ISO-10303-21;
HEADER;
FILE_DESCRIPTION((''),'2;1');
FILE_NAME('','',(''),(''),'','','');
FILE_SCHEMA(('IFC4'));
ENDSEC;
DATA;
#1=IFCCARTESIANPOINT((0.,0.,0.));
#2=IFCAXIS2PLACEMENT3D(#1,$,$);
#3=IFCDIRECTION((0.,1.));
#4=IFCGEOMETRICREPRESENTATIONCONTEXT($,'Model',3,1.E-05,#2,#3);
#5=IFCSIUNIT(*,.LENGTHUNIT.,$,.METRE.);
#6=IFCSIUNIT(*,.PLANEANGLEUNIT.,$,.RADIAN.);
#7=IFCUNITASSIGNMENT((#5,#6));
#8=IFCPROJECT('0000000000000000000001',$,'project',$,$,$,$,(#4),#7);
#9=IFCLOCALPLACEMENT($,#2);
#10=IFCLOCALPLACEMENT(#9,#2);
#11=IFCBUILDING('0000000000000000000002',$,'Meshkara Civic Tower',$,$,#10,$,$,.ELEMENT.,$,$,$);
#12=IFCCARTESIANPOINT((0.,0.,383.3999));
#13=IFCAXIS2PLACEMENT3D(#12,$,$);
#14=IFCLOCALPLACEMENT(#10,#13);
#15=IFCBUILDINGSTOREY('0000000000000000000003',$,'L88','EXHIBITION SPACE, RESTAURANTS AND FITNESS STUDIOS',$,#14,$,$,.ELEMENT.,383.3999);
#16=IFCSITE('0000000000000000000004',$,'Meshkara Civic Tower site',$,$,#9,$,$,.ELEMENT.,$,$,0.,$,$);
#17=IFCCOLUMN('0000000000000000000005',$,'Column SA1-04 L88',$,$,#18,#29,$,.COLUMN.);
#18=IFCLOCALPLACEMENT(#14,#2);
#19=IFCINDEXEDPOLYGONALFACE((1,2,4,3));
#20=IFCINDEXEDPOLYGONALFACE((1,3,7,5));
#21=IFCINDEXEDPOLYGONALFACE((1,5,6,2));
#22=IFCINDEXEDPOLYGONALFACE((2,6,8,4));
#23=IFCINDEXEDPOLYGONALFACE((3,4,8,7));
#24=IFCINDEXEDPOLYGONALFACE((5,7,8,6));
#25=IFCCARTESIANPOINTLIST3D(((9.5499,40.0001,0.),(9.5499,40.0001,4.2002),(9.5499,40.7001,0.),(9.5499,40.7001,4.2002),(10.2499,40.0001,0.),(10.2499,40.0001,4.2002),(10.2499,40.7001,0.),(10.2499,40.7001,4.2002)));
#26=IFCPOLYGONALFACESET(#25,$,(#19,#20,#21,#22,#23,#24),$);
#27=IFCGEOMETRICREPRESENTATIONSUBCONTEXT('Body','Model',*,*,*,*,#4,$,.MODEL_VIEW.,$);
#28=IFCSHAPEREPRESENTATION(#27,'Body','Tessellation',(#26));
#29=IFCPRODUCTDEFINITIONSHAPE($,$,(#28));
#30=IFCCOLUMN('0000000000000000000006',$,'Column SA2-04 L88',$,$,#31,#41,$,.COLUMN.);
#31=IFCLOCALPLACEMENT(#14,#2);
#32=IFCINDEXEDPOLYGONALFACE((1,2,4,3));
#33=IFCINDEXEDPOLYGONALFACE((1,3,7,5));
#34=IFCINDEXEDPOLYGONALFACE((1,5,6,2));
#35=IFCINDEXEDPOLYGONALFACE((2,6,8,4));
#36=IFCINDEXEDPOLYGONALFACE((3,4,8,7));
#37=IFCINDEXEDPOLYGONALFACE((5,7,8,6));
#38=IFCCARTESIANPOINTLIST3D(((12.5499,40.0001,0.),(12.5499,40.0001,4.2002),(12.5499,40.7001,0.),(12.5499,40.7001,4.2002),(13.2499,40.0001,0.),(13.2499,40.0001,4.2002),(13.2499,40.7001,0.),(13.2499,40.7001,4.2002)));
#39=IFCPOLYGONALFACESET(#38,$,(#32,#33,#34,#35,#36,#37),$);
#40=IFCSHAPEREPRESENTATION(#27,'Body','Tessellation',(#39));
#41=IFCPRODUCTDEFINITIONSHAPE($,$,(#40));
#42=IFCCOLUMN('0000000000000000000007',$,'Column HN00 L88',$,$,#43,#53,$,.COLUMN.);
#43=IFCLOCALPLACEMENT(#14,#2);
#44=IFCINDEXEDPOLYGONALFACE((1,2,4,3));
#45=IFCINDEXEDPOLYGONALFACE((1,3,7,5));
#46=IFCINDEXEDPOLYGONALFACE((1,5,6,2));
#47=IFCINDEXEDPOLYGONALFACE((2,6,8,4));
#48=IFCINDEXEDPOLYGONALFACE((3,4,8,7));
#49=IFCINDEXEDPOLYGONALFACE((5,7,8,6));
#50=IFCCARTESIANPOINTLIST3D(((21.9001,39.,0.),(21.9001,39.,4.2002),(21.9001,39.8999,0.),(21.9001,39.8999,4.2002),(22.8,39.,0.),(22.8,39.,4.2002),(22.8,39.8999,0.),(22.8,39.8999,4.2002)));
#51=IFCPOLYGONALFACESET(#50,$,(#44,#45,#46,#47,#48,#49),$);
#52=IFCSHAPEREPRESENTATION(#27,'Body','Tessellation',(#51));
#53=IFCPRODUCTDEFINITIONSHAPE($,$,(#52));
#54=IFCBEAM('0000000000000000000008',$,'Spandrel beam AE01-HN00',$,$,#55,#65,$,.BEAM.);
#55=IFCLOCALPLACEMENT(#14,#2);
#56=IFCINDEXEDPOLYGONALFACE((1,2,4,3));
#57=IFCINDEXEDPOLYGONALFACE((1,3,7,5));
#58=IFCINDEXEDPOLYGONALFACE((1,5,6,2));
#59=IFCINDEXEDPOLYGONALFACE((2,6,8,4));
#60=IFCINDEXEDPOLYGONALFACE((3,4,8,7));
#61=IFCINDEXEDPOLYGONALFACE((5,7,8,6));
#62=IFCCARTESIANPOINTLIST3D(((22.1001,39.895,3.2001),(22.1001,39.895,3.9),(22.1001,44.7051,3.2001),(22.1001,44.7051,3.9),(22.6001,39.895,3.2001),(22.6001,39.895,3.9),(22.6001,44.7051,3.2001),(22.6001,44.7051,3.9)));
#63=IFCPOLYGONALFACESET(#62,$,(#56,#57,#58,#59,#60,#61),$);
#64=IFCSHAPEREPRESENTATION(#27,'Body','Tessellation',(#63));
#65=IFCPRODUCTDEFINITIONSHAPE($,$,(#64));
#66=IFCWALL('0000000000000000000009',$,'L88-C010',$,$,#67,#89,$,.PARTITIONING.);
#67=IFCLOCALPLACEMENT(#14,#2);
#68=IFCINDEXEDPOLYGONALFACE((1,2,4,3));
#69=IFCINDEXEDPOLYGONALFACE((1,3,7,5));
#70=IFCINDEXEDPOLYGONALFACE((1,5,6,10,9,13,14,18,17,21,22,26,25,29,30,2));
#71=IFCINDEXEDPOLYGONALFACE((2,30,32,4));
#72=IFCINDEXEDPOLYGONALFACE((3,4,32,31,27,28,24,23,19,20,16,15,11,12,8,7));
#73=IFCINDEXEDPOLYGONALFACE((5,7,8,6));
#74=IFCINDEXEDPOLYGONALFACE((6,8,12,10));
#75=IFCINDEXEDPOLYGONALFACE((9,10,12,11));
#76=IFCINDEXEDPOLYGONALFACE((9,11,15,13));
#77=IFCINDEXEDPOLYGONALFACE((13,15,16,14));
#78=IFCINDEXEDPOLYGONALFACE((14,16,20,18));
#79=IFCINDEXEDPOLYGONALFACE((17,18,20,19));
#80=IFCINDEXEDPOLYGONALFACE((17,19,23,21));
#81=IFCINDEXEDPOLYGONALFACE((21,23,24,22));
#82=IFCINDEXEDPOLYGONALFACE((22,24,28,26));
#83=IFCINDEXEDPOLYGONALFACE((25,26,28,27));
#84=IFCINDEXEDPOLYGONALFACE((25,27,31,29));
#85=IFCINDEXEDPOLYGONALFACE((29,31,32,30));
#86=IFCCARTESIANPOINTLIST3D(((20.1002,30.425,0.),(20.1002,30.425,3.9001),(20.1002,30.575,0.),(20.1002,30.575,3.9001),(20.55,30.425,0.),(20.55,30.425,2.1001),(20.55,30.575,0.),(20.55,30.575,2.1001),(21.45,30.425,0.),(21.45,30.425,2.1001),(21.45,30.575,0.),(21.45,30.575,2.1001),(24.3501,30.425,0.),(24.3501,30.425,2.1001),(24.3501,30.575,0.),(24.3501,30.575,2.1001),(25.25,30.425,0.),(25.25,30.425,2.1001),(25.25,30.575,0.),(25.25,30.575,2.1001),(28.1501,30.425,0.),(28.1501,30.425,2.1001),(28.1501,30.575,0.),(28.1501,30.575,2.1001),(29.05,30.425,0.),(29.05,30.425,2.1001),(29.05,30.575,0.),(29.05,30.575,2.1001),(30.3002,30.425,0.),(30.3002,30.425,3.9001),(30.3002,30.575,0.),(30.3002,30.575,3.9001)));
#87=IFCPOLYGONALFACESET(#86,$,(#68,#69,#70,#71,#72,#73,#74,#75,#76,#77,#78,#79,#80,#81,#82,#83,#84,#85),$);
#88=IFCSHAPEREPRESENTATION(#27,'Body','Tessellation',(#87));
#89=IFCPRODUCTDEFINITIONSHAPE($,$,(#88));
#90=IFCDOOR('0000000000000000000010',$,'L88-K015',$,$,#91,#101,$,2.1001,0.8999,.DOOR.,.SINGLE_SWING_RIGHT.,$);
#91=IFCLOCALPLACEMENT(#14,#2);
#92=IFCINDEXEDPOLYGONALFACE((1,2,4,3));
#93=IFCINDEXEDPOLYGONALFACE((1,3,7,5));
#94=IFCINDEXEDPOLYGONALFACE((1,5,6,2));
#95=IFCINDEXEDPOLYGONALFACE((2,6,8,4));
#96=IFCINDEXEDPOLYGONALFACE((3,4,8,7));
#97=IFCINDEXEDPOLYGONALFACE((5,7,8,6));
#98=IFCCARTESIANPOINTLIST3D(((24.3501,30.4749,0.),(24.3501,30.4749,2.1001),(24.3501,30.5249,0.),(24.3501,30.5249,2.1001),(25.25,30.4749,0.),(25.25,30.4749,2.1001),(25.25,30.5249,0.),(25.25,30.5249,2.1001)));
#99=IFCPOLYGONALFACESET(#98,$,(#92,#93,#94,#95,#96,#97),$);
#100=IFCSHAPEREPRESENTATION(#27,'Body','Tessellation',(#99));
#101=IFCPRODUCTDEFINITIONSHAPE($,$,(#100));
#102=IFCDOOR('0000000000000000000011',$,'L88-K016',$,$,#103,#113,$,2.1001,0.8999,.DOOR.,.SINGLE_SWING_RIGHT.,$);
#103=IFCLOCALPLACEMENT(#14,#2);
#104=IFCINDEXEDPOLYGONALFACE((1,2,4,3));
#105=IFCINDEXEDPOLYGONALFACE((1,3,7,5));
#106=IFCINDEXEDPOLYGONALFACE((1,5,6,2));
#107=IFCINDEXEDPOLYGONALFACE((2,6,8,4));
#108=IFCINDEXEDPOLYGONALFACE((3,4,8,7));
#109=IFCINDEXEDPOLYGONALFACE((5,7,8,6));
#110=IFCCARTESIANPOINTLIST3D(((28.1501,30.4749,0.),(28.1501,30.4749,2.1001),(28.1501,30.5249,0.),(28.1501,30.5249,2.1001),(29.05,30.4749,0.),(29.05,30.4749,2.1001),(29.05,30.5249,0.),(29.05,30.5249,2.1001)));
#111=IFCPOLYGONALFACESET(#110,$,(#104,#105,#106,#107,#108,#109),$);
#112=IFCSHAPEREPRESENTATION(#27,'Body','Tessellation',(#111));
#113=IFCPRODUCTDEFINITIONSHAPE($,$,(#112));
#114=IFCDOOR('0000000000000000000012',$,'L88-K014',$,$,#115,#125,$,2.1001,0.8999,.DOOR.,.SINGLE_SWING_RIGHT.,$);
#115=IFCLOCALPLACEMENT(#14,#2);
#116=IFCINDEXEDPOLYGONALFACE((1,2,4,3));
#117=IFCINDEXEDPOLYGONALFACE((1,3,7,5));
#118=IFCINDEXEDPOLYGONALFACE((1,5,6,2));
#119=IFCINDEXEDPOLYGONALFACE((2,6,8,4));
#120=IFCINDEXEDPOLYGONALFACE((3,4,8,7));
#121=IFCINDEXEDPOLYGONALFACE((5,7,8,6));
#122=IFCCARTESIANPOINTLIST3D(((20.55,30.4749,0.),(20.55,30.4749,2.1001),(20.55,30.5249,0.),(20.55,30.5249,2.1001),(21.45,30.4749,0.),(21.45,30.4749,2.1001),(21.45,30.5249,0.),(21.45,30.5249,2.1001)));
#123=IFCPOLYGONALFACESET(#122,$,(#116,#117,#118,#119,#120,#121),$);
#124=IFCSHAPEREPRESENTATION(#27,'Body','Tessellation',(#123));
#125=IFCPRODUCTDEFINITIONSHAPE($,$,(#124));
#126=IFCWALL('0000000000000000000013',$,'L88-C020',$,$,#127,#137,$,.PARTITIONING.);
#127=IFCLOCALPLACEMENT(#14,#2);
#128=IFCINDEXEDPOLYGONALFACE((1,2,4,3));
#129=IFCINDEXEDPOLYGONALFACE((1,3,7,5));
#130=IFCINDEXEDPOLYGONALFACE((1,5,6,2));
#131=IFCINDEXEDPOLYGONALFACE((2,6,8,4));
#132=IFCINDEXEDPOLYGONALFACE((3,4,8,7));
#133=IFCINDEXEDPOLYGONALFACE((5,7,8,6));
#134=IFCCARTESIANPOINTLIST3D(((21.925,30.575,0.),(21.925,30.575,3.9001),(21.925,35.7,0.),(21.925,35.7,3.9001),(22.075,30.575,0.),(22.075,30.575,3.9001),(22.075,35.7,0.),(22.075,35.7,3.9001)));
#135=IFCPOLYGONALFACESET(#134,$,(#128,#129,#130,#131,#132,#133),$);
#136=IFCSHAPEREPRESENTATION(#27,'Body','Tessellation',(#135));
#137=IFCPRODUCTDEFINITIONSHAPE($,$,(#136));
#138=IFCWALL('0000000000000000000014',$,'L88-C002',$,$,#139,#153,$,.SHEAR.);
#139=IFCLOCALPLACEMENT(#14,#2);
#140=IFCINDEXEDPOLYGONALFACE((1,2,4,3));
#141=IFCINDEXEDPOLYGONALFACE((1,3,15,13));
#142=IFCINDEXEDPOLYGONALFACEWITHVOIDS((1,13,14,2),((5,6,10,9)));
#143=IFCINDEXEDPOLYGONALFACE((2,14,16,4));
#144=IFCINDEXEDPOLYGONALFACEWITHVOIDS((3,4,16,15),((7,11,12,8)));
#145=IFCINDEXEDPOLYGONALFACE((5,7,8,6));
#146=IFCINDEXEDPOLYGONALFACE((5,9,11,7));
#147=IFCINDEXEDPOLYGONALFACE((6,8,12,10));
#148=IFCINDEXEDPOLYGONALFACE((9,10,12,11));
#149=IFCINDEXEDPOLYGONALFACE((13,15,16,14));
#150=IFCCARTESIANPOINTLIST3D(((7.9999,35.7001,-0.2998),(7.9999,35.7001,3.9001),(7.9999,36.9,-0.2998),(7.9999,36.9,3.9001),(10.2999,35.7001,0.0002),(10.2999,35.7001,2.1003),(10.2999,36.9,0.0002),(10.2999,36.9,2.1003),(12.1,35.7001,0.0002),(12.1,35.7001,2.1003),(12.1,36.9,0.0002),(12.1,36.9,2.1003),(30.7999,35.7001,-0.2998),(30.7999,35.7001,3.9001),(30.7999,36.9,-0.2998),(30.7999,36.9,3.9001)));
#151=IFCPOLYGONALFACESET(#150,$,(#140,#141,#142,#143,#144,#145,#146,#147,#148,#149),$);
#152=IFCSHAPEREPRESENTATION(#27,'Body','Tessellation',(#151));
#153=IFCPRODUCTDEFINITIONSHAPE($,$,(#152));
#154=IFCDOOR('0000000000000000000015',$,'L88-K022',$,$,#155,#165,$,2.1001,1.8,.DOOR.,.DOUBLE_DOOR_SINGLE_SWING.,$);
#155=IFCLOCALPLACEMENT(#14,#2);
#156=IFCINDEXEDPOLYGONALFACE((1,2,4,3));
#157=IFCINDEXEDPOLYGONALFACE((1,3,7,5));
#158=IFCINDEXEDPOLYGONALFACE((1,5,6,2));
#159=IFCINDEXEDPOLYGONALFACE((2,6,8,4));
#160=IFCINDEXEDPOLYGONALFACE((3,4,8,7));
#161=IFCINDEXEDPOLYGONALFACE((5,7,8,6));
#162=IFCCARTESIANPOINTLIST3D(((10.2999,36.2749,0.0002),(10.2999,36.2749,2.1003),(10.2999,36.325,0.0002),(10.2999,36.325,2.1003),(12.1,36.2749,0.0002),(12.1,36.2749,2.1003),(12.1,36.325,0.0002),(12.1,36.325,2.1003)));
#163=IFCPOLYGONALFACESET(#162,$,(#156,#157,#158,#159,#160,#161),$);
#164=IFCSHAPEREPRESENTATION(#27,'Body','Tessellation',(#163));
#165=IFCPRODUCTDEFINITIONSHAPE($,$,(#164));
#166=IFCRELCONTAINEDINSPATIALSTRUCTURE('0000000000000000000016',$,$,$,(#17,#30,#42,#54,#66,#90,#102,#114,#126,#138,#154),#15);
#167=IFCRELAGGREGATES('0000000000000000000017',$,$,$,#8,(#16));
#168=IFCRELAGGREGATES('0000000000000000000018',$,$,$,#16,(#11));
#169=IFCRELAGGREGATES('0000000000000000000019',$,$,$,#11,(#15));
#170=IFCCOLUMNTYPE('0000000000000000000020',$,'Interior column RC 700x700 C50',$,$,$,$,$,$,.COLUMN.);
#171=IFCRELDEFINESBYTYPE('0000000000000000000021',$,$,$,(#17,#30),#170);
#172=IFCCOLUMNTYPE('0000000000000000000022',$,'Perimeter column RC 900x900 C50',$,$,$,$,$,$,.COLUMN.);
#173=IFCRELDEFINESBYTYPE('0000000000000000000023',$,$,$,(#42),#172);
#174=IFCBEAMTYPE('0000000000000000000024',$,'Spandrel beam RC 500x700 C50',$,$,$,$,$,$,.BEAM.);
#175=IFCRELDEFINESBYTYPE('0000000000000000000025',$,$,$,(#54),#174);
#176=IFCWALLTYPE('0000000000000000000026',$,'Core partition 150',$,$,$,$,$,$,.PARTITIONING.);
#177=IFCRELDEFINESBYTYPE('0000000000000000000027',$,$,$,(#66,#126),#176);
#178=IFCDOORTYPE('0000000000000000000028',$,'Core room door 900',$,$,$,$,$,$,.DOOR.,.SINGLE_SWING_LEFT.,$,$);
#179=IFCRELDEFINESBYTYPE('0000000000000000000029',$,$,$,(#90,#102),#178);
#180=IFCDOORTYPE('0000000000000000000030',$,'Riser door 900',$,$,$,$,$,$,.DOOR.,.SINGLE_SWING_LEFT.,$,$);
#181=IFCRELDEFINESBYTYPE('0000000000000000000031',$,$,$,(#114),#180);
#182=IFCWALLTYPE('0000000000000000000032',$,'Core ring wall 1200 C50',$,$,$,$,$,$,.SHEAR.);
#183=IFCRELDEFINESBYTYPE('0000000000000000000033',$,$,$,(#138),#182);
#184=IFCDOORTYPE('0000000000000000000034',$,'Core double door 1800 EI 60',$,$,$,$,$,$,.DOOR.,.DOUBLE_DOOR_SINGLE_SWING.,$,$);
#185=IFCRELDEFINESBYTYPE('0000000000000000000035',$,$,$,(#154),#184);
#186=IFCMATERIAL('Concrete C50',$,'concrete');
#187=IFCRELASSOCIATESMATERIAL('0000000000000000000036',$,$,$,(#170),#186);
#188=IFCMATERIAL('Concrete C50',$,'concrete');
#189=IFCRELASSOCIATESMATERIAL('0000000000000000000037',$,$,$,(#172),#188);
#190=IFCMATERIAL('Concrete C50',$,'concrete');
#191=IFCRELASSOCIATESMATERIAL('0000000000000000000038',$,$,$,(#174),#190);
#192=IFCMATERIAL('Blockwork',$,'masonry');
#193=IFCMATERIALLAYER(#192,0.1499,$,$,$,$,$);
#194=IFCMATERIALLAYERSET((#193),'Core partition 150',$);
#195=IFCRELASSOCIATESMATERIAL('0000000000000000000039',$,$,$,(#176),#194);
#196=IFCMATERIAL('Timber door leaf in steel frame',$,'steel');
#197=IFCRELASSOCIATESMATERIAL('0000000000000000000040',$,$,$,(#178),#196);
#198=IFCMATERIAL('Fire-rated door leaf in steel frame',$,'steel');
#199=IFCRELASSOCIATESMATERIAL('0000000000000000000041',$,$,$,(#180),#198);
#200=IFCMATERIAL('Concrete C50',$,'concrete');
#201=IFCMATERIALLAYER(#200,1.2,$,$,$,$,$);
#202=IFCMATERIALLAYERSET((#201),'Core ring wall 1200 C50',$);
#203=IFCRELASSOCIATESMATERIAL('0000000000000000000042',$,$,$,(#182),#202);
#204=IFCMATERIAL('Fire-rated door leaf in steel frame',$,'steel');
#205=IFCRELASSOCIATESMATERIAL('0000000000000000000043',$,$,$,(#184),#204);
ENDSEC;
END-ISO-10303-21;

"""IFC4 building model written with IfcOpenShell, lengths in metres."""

from ifc_helpers import new_model, si_unit, direction, frame, frame_2d, origin, origin_2d, place, context, subcontext, project, spatial, rectangle, extrude, material, layer, layer_set, material_profile, profile_set, type_object, element, fill, save


model = new_model("IFC4")

# Units and contexts
model_context = context("Model", 3, precision=1e-05, world=origin(), true_north=direction((0.0, 1.0)))
body_context = subcontext(model_context, "Body", "Model", "MODEL_VIEW")
ifc_project = project(units=[si_unit("LENGTHUNIT", "METRE"), si_unit("PLANEANGLEUNIT", "RADIAN")], contexts=[model_context])

# Site, building, storey
site_placement = place(None, origin())
site = spatial("IfcSite", under=ifc_project, at=site_placement, Name="Meshkara Civic Tower site", CompositionType="ELEMENT", RefElevation=0.0)
building_placement = place(site_placement, origin())
building = spatial("IfcBuilding", under=site, at=building_placement, Name="Meshkara Civic Tower", CompositionType="ELEMENT")
storey_placement = place(building_placement, frame((0.0, 0.0, 383.3999)))
storey = spatial("IfcBuildingStorey", under=building, at=storey_placement, Name="L88", Description="EXHIBITION SPACE, RESTAURANTS AND FITNESS STUDIOS", CompositionType="ELEMENT", Elevation=383.3999)

# Columns
ifc_material_1 = material(Name="Concrete C50", Category="concrete")
ifc_material_profile_1 = material_profile(ifc_material_1, rectangle(XDim=0.7, YDim=0.7, at=origin_2d()))
ifc_profile_set_1 = profile_set([ifc_material_profile_1], Name="Concrete C50")
column_type_1 = type_object("IfcColumnType", Name="Interior column RC 700x700 C50", PredefinedType="COLUMN", material=ifc_profile_set_1)
for number, where, z_axis, x_axis, name in (
    (1, (9.8999, 40.3501, 0.0), (0.0, 0.0, 1.0), (1.0, 0.0, 0.0), "Column SA1-04 L88"),
    (2, (12.8999, 40.3501, 0.0), (0.0, 0.0, 1.0), (1.0, 0.0, 0.0), "Column SA2-04 L88"),
):
    element("IfcColumn", number, at=place(storey_placement, frame(where, z_axis=z_axis, x_axis=x_axis)), inside=storey, type_object=column_type_1, Name=name, PredefinedType="COLUMN", context=body_context, shape_type="SweptSolid", body=[
        extrude(rectangle(XDim=0.7, YDim=0.7, at=origin_2d()), origin(), (0.0, 0.0, 1.0), 4.2002),
    ])
ifc_material_2 = material(Name="Concrete C50", Category="concrete")
ifc_material_profile_2 = material_profile(ifc_material_2, rectangle(XDim=0.8999, YDim=0.8999, at=origin_2d()))
ifc_profile_set_2 = profile_set([ifc_material_profile_2], Name="Concrete C50")
column_type_2 = type_object("IfcColumnType", Name="Perimeter column RC 900x900 C50", PredefinedType="COLUMN", material=ifc_profile_set_2)
column_placement = place(storey_placement, frame((22.3501, 39.45, 0.0), z_axis=(0.0, 0.0, 1.0), x_axis=(1.0, 0.0, 0.0)))
element("IfcColumn", 3, at=column_placement, inside=storey, type_object=column_type_2, Name="Column HN00 L88", PredefinedType="COLUMN", context=body_context, shape_type="SweptSolid", body=[
    extrude(rectangle(XDim=0.8999, YDim=0.8999, at=origin_2d()), origin(), (0.0, 0.0, 1.0), 4.2002),
])

# Beam
ifc_material_3 = material(Name="Concrete C50", Category="concrete")
ifc_material_profile_3 = material_profile(ifc_material_3, rectangle(XDim=0.5, YDim=0.7, at=origin_2d()))
ifc_profile_set_3 = profile_set([ifc_material_profile_3], Name="Concrete C50")
beam_type = type_object("IfcBeamType", Name="Spandrel beam RC 500x700 C50", PredefinedType="BEAM", material=ifc_profile_set_3)
beam_placement = place(storey_placement, frame((22.3501, 39.895, 3.55), z_axis=(0.0, 1.0, 0.0), x_axis=(-1.0, 0.0, 0.0)))
element("IfcBeam", 4, at=beam_placement, inside=storey, type_object=beam_type, Name="Spandrel beam AE01-HN00", PredefinedType="BEAM", context=body_context, shape_type="SweptSolid", body=[
    extrude(rectangle(XDim=0.5, YDim=0.7, at=origin_2d()), origin(), (0.0, 0.0, 1.0), 4.8101),
])

# Wall, openings, doors
ifc_material_4 = material(Name="Blockwork", Category="masonry")
ifc_layer_1 = layer(ifc_material_4, 0.1499)
ifc_layer_set_1 = layer_set([ifc_layer_1], Name="Core partition 150")
wall_type_1 = type_object("IfcWallType", Name="Core partition 150", PredefinedType="PARTITIONING", material=ifc_layer_set_1)
wall_1_placement = place(storey_placement, frame((20.1001, 30.5, 0.0), z_axis=(0.0, 0.0, 1.0), x_axis=(1.0, 0.0, 0.0)))
wall_1 = element("IfcWall", 5, at=wall_1_placement, inside=storey, type_object=wall_type_1, Name="L88-C010", PredefinedType="PARTITIONING", context=body_context, shape_type="SweptSolid", body=[
    extrude(rectangle(XDim=10.2, YDim=0.1499, at=frame_2d((5.1001, 0.0))), origin(), (0.0, 0.0, 1.0), 3.9001),
])
opening_1_placement = place(wall_1_placement, frame((0.45, 0.0, 0.0)))
opening_1 = element("IfcOpeningElement", 6, at=opening_1_placement, cuts=wall_1, PredefinedType="OPENING", context=body_context, shape_type="SweptSolid", body=[
    extrude(rectangle(XDim=0.8999, YDim=2.1001, at=frame_2d((0.45, 1.05))), frame((0.0, 0.085, 0.0), z_axis=(0.0, -1.0, 0.0), x_axis=(1.0, 0.0, 0.0)), (0.0, 0.0, 1.0), 0.1699),
])
opening_2_placement = place(wall_1_placement, frame((4.25, 0.0, 0.0)))
opening_2 = element("IfcOpeningElement", 7, at=opening_2_placement, cuts=wall_1, PredefinedType="OPENING", context=body_context, shape_type="SweptSolid", body=[
    extrude(rectangle(XDim=0.8999, YDim=2.1001, at=frame_2d((0.45, 1.05))), frame((0.0, 0.085, 0.0), z_axis=(0.0, -1.0, 0.0), x_axis=(1.0, 0.0, 0.0)), (0.0, 0.0, 1.0), 0.1699),
])
opening_3_placement = place(wall_1_placement, frame((8.05, 0.0, 0.0)))
opening_3 = element("IfcOpeningElement", 8, at=opening_3_placement, cuts=wall_1, PredefinedType="OPENING", context=body_context, shape_type="SweptSolid", body=[
    extrude(rectangle(XDim=0.8999, YDim=2.1001, at=frame_2d((0.45, 1.05))), frame((0.0, 0.085, 0.0), z_axis=(0.0, -1.0, 0.0), x_axis=(1.0, 0.0, 0.0)), (0.0, 0.0, 1.0), 0.1699),
])
ifc_material_5 = material(Name="Timber door leaf in steel frame", Category="steel")
door_type_1 = type_object("IfcDoorType", Name="Core room door 900", OperationType="SINGLE_SWING_LEFT", PredefinedType="DOOR", material=ifc_material_5)
door_1_placement = place(opening_2_placement, origin())
door_1 = element("IfcDoor", 9, at=door_1_placement, inside=storey, type_object=door_type_1, Name="L88-K015", OperationType="SINGLE_SWING_RIGHT", OverallHeight=2.1001, OverallWidth=0.8999, PredefinedType="DOOR", context=body_context, shape_type="SweptSolid", body=[
    extrude(rectangle(XDim=0.8999, YDim=2.1001, at=frame_2d((0.45, 1.05))), frame((0.0, 0.0249, 0.0), z_axis=(0.0, -1.0, 0.0), x_axis=(1.0, 0.0, 0.0)), (0.0, 0.0, 1.0), 0.05),
])
fill(opening_2, door_1)
door_2_placement = place(opening_3_placement, origin())
door_2 = element("IfcDoor", 10, at=door_2_placement, inside=storey, type_object=door_type_1, Name="L88-K016", OperationType="SINGLE_SWING_RIGHT", OverallHeight=2.1001, OverallWidth=0.8999, PredefinedType="DOOR", context=body_context, shape_type="SweptSolid", body=[
    extrude(rectangle(XDim=0.8999, YDim=2.1001, at=frame_2d((0.45, 1.05))), frame((0.0, 0.0249, 0.0), z_axis=(0.0, -1.0, 0.0), x_axis=(1.0, 0.0, 0.0)), (0.0, 0.0, 1.0), 0.05),
])
fill(opening_3, door_2)
ifc_material_6 = material(Name="Fire-rated door leaf in steel frame", Category="steel")
door_type_2 = type_object("IfcDoorType", Name="Riser door 900", OperationType="SINGLE_SWING_LEFT", PredefinedType="DOOR", material=ifc_material_6)
door_3_placement = place(opening_1_placement, origin())
door_3 = element("IfcDoor", 11, at=door_3_placement, inside=storey, type_object=door_type_2, Name="L88-K014", OperationType="SINGLE_SWING_RIGHT", OverallHeight=2.1001, OverallWidth=0.8999, PredefinedType="DOOR", context=body_context, shape_type="SweptSolid", body=[
    extrude(rectangle(XDim=0.8999, YDim=2.1001, at=frame_2d((0.45, 1.05))), frame((0.0, 0.0249, 0.0), z_axis=(0.0, -1.0, 0.0), x_axis=(1.0, 0.0, 0.0)), (0.0, 0.0, 1.0), 0.05),
])
fill(opening_1, door_3)

# Wall
wall_2_placement = place(storey_placement, frame((22.0, 30.575, 0.0), z_axis=(0.0, 0.0, 1.0), x_axis=(0.0, 1.0, 0.0)))
element("IfcWall", 12, at=wall_2_placement, inside=storey, type_object=wall_type_1, Name="L88-C020", PredefinedType="PARTITIONING", context=body_context, shape_type="SweptSolid", body=[
    extrude(rectangle(XDim=5.125, YDim=0.1499, at=frame_2d((2.5625, 0.0))), origin(), (0.0, 0.0, 1.0), 3.9001),
])

# Wall, opening, door
ifc_material_7 = material(Name="Concrete C50", Category="concrete")
ifc_layer_2 = layer(ifc_material_7, 1.2)
ifc_layer_set_2 = layer_set([ifc_layer_2], Name="Core ring wall 1200 C50")
wall_type_2 = type_object("IfcWallType", Name="Core ring wall 1200 C50", PredefinedType="SHEAR", material=ifc_layer_set_2)
wall_3_placement = place(storey_placement, frame((8.0, 36.3, -0.2998), z_axis=(0.0, 0.0, 1.0), x_axis=(1.0, 0.0, 0.0)))
wall_3 = element("IfcWall", 13, at=wall_3_placement, inside=storey, type_object=wall_type_2, Name="L88-C002", PredefinedType="SHEAR", context=body_context, shape_type="SweptSolid", body=[
    extrude(rectangle(XDim=22.8, YDim=1.2, at=frame_2d((11.3999, 0.0))), origin(), (0.0, 0.0, 1.0), 4.2),
])
opening_4_placement = place(wall_3_placement, frame((2.3, 0.0, 0.3)))
opening_4 = element("IfcOpeningElement", 14, at=opening_4_placement, cuts=wall_3, PredefinedType="OPENING", context=body_context, shape_type="SweptSolid", body=[
    extrude(rectangle(XDim=1.8, YDim=2.1001, at=frame_2d((0.8999, 1.05))), frame((0.0, 0.6099, 0.0), z_axis=(0.0, -1.0, 0.0), x_axis=(1.0, 0.0, 0.0)), (0.0, 0.0, 1.0), 1.22),
])
ifc_material_8 = material(Name="Fire-rated door leaf in steel frame", Category="steel")
door_type_3 = type_object("IfcDoorType", Name="Core double door 1800 EI 60", OperationType="DOUBLE_DOOR_SINGLE_SWING", PredefinedType="DOOR", material=ifc_material_8)
door_4_placement = place(opening_4_placement, origin())
door_4 = element("IfcDoor", 15, at=door_4_placement, inside=storey, type_object=door_type_3, Name="L88-K022", OperationType="DOUBLE_DOOR_SINGLE_SWING", OverallHeight=2.1001, OverallWidth=1.8, PredefinedType="DOOR", context=body_context, shape_type="SweptSolid", body=[
    extrude(rectangle(XDim=1.8, YDim=2.1001, at=frame_2d((0.8999, 1.05))), frame((0.0, 0.0249, 0.0), z_axis=(0.0, -1.0, 0.0), x_axis=(1.0, 0.0, 0.0)), (0.0, 0.0, 1.0), 0.05),
])
fill(opening_4, door_4)

save(model, "model.ifc")
